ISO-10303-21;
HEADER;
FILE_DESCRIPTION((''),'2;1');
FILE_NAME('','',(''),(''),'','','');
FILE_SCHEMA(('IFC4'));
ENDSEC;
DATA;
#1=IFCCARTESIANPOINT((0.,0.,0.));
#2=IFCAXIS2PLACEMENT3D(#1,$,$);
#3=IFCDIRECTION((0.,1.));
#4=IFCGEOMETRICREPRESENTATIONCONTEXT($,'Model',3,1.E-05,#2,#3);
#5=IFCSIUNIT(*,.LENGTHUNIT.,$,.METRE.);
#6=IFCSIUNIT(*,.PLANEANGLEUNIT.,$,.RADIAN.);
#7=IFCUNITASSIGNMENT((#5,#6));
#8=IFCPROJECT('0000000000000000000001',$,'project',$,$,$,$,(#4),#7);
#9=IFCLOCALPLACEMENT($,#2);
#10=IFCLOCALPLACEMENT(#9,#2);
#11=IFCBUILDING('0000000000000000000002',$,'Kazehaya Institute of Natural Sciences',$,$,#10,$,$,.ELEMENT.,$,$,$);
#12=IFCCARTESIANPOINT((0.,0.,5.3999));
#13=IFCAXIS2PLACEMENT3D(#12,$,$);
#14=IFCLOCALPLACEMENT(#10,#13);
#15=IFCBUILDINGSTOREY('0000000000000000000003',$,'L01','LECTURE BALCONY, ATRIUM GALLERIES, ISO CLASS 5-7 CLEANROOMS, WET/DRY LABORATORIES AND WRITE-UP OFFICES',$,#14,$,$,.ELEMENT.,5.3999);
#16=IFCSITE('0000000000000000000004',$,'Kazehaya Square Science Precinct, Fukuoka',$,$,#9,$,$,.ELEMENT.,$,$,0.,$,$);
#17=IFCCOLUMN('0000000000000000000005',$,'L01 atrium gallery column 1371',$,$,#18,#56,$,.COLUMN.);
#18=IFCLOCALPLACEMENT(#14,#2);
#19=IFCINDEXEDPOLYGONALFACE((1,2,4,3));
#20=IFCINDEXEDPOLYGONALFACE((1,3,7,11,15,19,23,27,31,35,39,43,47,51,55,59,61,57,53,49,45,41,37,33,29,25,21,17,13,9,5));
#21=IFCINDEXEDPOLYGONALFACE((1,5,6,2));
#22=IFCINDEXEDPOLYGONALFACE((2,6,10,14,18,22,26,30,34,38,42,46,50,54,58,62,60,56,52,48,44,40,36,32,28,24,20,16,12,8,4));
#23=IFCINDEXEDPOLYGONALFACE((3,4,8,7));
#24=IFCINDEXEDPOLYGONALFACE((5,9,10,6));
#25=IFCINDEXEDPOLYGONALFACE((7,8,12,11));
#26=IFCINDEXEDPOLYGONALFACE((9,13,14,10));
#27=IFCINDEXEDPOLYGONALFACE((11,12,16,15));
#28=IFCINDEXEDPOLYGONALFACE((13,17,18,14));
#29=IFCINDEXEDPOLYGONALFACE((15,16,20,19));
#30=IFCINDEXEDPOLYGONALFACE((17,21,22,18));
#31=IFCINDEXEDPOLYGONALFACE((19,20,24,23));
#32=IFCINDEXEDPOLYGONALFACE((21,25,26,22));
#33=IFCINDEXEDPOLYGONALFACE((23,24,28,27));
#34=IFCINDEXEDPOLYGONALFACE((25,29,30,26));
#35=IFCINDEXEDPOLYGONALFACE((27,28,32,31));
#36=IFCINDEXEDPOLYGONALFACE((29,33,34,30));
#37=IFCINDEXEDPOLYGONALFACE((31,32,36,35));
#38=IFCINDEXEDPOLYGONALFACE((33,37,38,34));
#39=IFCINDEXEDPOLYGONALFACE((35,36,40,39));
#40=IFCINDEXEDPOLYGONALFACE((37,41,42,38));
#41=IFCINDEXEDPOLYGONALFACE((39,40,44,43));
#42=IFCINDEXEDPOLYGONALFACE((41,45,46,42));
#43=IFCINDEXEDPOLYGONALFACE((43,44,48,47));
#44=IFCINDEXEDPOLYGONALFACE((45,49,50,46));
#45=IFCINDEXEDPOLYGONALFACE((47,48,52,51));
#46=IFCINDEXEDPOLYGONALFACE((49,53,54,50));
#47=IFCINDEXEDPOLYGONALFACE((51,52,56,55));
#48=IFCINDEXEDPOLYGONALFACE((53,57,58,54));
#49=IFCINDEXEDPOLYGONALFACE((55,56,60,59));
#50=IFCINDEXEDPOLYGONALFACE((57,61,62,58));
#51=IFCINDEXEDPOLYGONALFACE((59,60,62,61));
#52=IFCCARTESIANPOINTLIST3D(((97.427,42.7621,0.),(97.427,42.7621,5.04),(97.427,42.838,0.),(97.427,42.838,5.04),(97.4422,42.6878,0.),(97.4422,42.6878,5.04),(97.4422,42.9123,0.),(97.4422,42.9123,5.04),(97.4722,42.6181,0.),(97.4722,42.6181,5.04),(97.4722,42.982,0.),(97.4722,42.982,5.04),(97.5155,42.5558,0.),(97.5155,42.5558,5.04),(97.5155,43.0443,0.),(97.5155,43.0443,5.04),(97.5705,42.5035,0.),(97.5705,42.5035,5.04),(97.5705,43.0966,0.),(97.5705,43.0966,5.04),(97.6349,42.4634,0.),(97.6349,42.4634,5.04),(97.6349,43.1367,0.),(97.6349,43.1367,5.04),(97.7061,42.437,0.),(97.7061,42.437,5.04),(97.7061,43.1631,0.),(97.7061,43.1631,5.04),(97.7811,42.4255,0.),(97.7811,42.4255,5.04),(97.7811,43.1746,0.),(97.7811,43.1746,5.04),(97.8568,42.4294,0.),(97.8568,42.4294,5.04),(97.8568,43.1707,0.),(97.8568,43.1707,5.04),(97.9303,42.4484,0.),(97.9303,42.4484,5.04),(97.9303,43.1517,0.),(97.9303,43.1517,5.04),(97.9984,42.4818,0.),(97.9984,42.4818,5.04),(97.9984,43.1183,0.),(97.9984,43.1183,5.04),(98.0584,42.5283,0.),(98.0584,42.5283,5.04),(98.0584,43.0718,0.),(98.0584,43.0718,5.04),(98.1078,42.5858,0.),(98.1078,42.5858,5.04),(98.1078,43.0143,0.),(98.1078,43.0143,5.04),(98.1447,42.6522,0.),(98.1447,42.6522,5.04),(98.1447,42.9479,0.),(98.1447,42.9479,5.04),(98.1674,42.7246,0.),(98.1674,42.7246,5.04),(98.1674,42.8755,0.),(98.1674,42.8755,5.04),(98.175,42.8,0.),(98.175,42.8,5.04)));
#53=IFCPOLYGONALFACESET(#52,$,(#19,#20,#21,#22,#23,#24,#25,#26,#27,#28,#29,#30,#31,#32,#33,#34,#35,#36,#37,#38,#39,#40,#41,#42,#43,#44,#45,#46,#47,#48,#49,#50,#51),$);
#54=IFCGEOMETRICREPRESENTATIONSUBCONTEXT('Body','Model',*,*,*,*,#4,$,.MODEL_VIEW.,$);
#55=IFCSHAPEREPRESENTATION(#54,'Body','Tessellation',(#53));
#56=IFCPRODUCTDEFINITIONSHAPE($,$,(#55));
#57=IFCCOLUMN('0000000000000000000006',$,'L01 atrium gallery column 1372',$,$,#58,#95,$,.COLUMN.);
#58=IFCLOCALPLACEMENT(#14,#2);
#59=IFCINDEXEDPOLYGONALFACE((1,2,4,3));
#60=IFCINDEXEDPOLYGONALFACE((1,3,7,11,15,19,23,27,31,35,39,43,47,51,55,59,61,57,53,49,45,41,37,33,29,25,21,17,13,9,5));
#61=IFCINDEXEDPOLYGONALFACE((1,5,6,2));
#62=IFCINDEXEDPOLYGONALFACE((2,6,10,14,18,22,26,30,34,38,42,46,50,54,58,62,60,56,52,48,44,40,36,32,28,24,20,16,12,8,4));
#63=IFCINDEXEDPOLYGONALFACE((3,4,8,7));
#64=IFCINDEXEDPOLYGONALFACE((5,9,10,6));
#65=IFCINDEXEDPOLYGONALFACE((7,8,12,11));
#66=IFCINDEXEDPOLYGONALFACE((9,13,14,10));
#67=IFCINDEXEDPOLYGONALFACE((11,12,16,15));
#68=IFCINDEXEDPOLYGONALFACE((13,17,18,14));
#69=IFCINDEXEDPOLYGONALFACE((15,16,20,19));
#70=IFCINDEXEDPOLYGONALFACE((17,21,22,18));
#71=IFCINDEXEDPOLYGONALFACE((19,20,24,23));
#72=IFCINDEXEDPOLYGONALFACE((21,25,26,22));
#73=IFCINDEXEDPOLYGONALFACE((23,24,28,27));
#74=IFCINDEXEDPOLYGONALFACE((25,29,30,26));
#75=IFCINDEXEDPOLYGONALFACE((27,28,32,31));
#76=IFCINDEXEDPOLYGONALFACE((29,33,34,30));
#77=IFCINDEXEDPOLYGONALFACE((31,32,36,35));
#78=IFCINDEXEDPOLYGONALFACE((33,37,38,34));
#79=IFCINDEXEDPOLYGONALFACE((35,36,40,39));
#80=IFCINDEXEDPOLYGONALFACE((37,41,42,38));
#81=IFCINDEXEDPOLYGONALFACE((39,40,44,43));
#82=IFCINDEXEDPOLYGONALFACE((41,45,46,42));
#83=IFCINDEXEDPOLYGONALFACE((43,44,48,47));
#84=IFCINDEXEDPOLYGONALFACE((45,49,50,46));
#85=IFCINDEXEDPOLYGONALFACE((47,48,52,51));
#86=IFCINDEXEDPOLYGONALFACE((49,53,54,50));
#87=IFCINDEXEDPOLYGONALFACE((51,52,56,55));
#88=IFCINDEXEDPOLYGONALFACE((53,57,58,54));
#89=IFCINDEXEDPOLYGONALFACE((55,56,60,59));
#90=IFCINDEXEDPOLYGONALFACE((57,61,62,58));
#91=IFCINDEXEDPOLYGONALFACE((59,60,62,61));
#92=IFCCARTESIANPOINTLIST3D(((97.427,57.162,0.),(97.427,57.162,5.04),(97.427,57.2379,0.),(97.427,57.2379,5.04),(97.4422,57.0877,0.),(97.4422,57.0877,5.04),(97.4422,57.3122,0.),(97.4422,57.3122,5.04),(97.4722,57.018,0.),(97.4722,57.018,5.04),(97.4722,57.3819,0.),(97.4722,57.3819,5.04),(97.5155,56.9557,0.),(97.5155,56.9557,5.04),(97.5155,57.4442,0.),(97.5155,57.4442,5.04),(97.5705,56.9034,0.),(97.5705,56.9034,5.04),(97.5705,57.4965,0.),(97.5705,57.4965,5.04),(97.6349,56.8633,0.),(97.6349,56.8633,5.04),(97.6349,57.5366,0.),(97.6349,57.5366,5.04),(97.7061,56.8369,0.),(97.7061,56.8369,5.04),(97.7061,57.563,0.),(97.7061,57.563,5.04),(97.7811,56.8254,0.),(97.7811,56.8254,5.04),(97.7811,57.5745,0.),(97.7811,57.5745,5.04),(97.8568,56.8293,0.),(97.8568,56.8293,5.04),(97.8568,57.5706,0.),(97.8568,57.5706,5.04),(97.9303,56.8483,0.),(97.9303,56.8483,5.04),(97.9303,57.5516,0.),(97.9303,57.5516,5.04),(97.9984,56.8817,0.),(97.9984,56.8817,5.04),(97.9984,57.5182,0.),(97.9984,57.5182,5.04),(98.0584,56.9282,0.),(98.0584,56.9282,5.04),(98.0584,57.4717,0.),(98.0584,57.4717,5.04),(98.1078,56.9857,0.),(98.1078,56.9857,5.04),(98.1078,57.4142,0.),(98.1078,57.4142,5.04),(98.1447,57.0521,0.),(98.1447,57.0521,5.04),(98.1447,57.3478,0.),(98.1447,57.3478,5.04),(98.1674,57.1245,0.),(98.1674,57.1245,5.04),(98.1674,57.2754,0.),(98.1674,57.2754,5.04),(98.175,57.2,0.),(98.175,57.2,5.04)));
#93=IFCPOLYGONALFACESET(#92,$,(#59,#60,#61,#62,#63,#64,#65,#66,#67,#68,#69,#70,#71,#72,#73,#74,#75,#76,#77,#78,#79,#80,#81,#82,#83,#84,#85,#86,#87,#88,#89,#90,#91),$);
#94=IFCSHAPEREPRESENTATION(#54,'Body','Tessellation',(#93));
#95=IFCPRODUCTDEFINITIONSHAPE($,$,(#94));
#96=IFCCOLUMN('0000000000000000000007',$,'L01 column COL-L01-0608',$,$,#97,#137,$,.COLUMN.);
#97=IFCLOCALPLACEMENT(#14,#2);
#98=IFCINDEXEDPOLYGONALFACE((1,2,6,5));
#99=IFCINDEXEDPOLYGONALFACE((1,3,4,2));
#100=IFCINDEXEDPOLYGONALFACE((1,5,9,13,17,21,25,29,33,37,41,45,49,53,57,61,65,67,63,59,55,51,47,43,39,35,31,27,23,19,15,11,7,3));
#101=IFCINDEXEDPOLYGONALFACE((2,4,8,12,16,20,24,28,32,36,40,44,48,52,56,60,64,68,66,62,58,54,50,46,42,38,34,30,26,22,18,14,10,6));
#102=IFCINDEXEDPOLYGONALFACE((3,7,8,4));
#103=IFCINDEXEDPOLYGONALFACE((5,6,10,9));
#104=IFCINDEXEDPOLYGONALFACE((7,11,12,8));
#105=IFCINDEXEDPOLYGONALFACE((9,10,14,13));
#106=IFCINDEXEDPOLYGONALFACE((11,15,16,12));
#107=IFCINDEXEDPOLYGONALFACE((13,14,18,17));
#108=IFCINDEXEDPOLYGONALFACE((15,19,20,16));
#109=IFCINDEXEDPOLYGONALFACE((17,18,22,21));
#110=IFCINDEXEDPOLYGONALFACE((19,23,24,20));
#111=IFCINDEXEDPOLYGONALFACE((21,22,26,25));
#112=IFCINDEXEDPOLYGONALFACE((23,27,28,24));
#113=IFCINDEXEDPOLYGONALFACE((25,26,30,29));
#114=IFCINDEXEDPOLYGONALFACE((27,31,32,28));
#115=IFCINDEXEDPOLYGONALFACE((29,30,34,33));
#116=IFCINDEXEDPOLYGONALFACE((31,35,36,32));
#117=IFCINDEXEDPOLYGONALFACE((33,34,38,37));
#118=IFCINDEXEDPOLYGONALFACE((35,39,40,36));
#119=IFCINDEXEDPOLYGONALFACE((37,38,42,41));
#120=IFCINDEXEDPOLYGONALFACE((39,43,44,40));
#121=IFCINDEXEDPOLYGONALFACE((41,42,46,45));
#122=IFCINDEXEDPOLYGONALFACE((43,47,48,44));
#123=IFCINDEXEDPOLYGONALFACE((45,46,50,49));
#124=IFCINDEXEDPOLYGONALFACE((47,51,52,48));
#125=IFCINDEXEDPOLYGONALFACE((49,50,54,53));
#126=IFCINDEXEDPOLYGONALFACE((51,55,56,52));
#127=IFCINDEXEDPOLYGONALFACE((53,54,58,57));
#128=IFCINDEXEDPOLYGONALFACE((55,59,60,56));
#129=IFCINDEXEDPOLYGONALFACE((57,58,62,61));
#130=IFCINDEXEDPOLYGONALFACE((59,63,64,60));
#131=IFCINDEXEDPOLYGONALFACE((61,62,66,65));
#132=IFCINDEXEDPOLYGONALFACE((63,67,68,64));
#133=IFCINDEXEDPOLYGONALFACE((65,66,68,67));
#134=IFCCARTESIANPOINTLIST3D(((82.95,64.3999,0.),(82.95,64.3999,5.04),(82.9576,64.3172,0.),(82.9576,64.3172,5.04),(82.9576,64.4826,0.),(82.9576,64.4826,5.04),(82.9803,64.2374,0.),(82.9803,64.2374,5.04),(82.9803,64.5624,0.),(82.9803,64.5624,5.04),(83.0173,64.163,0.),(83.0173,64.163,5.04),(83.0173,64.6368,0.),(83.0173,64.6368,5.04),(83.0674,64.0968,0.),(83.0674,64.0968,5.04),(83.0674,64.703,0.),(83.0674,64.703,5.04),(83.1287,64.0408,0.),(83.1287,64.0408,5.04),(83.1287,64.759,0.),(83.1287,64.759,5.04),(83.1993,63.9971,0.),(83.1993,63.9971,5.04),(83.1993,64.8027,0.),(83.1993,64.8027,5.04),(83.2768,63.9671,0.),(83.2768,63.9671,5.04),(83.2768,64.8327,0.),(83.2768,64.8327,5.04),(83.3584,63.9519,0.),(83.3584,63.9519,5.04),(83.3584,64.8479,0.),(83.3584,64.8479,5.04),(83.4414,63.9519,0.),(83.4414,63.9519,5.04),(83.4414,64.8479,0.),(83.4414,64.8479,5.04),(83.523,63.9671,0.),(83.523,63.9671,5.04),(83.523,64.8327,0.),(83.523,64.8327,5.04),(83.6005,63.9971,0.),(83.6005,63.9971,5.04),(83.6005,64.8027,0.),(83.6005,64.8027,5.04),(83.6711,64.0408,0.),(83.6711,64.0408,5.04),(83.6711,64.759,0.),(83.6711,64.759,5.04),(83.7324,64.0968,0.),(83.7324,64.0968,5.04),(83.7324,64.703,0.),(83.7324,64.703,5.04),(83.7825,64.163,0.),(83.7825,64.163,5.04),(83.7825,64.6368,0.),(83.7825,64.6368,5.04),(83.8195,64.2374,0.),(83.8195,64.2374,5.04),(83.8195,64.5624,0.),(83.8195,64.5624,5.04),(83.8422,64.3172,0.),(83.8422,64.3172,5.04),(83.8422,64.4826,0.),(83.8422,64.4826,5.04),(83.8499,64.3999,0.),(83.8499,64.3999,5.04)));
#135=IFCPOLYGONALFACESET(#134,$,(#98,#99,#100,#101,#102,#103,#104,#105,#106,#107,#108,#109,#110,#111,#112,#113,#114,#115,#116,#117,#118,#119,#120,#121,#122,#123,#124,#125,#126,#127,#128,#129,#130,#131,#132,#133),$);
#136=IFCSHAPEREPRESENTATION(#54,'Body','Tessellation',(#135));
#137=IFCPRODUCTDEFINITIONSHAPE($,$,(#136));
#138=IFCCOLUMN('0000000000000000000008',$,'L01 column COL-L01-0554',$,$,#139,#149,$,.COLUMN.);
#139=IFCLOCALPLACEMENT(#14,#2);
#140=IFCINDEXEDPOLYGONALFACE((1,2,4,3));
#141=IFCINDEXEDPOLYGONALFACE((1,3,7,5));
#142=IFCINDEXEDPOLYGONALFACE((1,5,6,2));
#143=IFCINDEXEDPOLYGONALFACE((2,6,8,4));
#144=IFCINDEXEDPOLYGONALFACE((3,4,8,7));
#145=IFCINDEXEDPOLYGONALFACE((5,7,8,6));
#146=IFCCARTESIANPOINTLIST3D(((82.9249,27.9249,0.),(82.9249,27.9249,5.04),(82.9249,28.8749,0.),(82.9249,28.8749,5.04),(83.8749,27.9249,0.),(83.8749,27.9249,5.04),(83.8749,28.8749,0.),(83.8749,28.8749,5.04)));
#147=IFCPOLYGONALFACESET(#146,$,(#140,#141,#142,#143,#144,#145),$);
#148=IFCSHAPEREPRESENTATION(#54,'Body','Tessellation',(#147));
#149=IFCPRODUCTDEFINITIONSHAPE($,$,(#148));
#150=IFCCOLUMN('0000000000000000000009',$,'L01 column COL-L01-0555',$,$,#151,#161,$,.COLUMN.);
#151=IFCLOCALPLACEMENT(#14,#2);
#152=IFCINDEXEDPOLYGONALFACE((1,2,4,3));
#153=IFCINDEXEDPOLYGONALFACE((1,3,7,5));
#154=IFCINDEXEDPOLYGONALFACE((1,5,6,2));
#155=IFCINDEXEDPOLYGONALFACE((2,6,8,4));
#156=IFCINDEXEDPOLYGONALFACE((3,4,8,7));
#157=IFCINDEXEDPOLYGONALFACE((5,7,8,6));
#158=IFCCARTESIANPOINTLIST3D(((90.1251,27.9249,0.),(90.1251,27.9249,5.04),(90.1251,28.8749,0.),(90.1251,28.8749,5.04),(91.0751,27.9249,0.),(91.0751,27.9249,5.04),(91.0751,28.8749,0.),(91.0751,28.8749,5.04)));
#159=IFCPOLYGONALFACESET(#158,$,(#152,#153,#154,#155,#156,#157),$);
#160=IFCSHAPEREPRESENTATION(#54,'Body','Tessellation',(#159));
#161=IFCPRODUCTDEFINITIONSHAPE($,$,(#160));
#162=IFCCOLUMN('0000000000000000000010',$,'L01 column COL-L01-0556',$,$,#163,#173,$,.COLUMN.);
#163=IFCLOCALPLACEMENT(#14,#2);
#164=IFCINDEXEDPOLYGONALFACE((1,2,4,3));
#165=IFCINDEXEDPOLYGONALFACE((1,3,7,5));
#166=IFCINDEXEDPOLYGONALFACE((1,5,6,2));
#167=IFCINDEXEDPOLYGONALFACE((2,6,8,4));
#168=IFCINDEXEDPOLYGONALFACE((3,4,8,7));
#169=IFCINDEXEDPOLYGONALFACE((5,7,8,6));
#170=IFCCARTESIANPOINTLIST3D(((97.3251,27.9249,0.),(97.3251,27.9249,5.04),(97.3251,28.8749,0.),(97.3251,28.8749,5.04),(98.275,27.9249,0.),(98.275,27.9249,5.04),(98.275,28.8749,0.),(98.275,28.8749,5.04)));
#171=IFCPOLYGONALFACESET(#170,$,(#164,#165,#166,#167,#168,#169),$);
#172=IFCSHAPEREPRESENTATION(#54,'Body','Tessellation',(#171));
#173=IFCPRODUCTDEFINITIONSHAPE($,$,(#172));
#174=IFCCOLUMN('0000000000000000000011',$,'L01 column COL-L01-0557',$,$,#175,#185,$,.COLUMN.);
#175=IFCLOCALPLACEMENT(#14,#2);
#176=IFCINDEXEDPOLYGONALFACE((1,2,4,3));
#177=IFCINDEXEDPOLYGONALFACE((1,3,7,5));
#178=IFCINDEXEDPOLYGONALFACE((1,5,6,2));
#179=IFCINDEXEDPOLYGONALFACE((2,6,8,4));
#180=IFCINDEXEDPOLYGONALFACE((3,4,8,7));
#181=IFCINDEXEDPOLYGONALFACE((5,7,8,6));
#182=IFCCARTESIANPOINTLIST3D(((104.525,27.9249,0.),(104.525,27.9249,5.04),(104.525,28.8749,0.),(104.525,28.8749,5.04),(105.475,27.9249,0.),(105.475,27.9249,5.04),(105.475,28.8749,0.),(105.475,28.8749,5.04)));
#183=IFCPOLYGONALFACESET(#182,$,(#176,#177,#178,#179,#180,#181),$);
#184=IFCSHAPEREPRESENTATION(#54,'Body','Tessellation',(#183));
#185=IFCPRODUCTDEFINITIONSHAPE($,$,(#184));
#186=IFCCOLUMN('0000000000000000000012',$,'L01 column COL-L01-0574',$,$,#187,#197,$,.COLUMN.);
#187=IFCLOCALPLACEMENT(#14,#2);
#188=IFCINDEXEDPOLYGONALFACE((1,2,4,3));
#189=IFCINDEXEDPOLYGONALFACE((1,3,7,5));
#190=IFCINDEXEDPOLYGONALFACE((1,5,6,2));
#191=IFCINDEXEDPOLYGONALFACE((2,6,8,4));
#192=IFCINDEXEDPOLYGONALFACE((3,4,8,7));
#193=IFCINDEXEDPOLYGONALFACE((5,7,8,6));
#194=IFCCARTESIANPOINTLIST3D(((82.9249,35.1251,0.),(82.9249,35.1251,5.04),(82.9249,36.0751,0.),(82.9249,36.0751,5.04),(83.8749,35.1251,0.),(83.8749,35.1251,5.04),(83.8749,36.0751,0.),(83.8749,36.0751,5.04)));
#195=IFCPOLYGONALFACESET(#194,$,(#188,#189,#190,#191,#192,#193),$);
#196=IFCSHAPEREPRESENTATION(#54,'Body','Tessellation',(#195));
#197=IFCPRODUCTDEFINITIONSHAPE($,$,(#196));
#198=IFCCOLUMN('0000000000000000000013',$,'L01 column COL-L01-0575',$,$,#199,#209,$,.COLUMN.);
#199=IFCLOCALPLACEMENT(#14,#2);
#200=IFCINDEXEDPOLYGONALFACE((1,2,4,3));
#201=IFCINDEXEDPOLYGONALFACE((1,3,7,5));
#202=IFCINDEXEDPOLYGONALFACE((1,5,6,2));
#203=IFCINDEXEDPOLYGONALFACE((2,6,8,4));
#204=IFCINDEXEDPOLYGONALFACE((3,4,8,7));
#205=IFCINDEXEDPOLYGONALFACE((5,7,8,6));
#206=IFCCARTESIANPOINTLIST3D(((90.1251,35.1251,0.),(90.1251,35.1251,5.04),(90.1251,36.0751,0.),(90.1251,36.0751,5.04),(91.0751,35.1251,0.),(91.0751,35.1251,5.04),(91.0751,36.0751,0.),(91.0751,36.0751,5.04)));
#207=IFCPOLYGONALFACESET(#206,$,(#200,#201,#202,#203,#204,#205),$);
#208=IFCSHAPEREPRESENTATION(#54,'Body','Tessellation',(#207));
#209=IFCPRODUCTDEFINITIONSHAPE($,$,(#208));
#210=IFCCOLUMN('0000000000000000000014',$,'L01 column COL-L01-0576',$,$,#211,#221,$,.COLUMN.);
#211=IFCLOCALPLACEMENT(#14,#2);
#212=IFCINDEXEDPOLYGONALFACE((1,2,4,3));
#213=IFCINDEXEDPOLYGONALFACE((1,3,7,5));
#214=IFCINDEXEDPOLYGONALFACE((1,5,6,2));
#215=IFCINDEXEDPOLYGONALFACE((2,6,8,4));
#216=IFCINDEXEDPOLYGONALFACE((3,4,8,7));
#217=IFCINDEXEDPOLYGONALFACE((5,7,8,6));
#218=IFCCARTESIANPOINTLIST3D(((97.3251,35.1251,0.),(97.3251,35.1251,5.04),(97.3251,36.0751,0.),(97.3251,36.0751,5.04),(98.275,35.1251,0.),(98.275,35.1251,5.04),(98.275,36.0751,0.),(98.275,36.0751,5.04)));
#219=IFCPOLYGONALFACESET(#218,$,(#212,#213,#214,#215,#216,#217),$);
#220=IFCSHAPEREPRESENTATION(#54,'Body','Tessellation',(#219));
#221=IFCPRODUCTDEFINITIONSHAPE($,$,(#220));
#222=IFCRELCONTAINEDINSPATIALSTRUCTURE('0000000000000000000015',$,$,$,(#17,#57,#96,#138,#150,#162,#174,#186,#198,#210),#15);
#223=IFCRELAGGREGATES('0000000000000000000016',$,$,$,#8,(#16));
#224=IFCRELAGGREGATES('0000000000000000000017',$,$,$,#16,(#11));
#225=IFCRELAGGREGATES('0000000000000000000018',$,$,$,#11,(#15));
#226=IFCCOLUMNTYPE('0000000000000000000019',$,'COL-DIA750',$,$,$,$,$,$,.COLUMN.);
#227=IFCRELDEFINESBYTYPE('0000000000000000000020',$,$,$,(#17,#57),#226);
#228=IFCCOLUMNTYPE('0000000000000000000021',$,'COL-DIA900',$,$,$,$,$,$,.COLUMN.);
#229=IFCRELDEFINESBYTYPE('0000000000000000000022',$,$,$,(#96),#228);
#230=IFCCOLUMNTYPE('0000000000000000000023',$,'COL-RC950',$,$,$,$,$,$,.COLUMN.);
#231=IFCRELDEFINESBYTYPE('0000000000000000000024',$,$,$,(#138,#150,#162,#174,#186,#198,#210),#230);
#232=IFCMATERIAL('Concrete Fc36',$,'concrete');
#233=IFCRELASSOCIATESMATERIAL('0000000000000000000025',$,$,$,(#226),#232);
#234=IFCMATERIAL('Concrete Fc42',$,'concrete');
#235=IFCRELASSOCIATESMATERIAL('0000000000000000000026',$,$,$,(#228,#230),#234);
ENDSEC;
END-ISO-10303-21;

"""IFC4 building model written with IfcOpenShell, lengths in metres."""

from ifc_helpers import new_model, si_unit, direction, frame, origin, origin_2d, place, context, subcontext, project, spatial, rectangle, circle, extrude, material, material_profile, profile_set, type_object, element, save


model = new_model("IFC4")

# Units and contexts
model_context = context("Model", 3, precision=1e-05, world=origin(), true_north=direction((0.0, 1.0)))
body_context = subcontext(model_context, "Body", "Model", "MODEL_VIEW")
ifc_project = project(units=[si_unit("LENGTHUNIT", "METRE"), si_unit("PLANEANGLEUNIT", "RADIAN")], contexts=[model_context])

# Site, building, storey
site_placement = place(None, origin())
site = spatial("IfcSite", under=ifc_project, at=site_placement, Name="Kazehaya Square Science Precinct, Fukuoka", CompositionType="ELEMENT", RefElevation=0.0)
building_placement = place(site_placement, origin())
building = spatial("IfcBuilding", under=site, at=building_placement, Name="Kazehaya Institute of Natural Sciences", CompositionType="ELEMENT")
storey_placement = place(building_placement, frame((0.0, 0.0, 5.3999)))
storey = spatial("IfcBuildingStorey", under=building, at=storey_placement, Name="L01", Description="LECTURE BALCONY, ATRIUM GALLERIES, ISO CLASS 5-7 CLEANROOMS, WET/DRY LABORATORIES AND WRITE-UP OFFICES", CompositionType="ELEMENT", Elevation=5.3999)

# Columns
ifc_material_1 = material(Name="Concrete Fc36", Category="concrete")
ifc_material_profile_1 = material_profile(ifc_material_1, circle(Radius=0.375, at=origin_2d()), Name="RC-DIA750")
ifc_profile_set_1 = profile_set([ifc_material_profile_1], Name="Concrete Fc36")
column_type_1 = type_object("IfcColumnType", Name="COL-DIA750", PredefinedType="COLUMN", material=ifc_profile_set_1)
for number, where, z_axis, x_axis, name in (
    (1, (97.8, 42.8, 0.0), (0.0, 0.0, 1.0), (1.0, 0.0, 0.0), "L01 atrium gallery column 1371"),
    (2, (97.8, 57.2, 0.0), (0.0, 0.0, 1.0), (1.0, 0.0, 0.0), "L01 atrium gallery column 1372"),
):
    element("IfcColumn", number, at=place(storey_placement, frame(where, z_axis=z_axis, x_axis=x_axis)), inside=storey, type_object=column_type_1, Name=name, PredefinedType="COLUMN", context=body_context, shape_type="SweptSolid", body=[
        extrude(circle(Radius=0.375, at=origin_2d()), origin(), (0.0, 0.0, 1.0), 5.04),
    ])
ifc_material_2 = material(Name="Concrete Fc42", Category="concrete")
ifc_material_profile_2 = material_profile(ifc_material_2, circle(Radius=0.45, at=origin_2d()), Name="RC-DIA900")
ifc_profile_set_2 = profile_set([ifc_material_profile_2], Name="Concrete Fc42")
column_type_2 = type_object("IfcColumnType", Name="COL-DIA900", PredefinedType="COLUMN", material=ifc_profile_set_2)
column_placement = place(storey_placement, frame((83.3999, 64.3999, 0.0), z_axis=(0.0, 0.0, 1.0), x_axis=(1.0, 0.0, 0.0)))
element("IfcColumn", 3, at=column_placement, inside=storey, type_object=column_type_2, Name="L01 column COL-L01-0608", PredefinedType="COLUMN", context=body_context, shape_type="SweptSolid", body=[
    extrude(circle(Radius=0.45, at=origin_2d()), origin(), (0.0, 0.0, 1.0), 5.04),
])
ifc_material_profile_3 = material_profile(ifc_material_2, rectangle(XDim=0.95, YDim=0.95, at=origin_2d()), Name="RC-950x950")
ifc_profile_set_3 = profile_set([ifc_material_profile_3], Name="Concrete Fc42")
column_type_3 = type_object("IfcColumnType", Name="COL-RC950", PredefinedType="COLUMN", material=ifc_profile_set_3)
for number, where, z_axis, x_axis, name in (
    (4, (83.3999, 28.3999, 0.0), (0.0, 0.0, 1.0), (1.0, 0.0, 0.0), "L01 column COL-L01-0554"),
    (5, (90.6001, 28.3999, 0.0), (0.0, 0.0, 1.0), (1.0, 0.0, 0.0), "L01 column COL-L01-0555"),
    (6, (97.8, 28.3999, 0.0), (0.0, 0.0, 1.0), (1.0, 0.0, 0.0), "L01 column COL-L01-0556"),
    (7, (105.0, 28.3999, 0.0), (0.0, 0.0, 1.0), (1.0, 0.0, 0.0), "L01 column COL-L01-0557"),
    (8, (83.3999, 35.6001, 0.0), (0.0, 0.0, 1.0), (1.0, 0.0, 0.0), "L01 column COL-L01-0574"),
    (9, (90.6001, 35.6001, 0.0), (0.0, 0.0, 1.0), (1.0, 0.0, 0.0), "L01 column COL-L01-0575"),
    (10, (97.8, 35.6001, 0.0), (0.0, 0.0, 1.0), (1.0, 0.0, 0.0), "L01 column COL-L01-0576"),
):
    element("IfcColumn", number, at=place(storey_placement, frame(where, z_axis=z_axis, x_axis=x_axis)), inside=storey, type_object=column_type_3, Name=name, PredefinedType="COLUMN", context=body_context, shape_type="SweptSolid", body=[
        extrude(rectangle(XDim=0.95, YDim=0.95, at=origin_2d()), origin(), (0.0, 0.0, 1.0), 5.04),
    ])

save(model, "model.ifc")
